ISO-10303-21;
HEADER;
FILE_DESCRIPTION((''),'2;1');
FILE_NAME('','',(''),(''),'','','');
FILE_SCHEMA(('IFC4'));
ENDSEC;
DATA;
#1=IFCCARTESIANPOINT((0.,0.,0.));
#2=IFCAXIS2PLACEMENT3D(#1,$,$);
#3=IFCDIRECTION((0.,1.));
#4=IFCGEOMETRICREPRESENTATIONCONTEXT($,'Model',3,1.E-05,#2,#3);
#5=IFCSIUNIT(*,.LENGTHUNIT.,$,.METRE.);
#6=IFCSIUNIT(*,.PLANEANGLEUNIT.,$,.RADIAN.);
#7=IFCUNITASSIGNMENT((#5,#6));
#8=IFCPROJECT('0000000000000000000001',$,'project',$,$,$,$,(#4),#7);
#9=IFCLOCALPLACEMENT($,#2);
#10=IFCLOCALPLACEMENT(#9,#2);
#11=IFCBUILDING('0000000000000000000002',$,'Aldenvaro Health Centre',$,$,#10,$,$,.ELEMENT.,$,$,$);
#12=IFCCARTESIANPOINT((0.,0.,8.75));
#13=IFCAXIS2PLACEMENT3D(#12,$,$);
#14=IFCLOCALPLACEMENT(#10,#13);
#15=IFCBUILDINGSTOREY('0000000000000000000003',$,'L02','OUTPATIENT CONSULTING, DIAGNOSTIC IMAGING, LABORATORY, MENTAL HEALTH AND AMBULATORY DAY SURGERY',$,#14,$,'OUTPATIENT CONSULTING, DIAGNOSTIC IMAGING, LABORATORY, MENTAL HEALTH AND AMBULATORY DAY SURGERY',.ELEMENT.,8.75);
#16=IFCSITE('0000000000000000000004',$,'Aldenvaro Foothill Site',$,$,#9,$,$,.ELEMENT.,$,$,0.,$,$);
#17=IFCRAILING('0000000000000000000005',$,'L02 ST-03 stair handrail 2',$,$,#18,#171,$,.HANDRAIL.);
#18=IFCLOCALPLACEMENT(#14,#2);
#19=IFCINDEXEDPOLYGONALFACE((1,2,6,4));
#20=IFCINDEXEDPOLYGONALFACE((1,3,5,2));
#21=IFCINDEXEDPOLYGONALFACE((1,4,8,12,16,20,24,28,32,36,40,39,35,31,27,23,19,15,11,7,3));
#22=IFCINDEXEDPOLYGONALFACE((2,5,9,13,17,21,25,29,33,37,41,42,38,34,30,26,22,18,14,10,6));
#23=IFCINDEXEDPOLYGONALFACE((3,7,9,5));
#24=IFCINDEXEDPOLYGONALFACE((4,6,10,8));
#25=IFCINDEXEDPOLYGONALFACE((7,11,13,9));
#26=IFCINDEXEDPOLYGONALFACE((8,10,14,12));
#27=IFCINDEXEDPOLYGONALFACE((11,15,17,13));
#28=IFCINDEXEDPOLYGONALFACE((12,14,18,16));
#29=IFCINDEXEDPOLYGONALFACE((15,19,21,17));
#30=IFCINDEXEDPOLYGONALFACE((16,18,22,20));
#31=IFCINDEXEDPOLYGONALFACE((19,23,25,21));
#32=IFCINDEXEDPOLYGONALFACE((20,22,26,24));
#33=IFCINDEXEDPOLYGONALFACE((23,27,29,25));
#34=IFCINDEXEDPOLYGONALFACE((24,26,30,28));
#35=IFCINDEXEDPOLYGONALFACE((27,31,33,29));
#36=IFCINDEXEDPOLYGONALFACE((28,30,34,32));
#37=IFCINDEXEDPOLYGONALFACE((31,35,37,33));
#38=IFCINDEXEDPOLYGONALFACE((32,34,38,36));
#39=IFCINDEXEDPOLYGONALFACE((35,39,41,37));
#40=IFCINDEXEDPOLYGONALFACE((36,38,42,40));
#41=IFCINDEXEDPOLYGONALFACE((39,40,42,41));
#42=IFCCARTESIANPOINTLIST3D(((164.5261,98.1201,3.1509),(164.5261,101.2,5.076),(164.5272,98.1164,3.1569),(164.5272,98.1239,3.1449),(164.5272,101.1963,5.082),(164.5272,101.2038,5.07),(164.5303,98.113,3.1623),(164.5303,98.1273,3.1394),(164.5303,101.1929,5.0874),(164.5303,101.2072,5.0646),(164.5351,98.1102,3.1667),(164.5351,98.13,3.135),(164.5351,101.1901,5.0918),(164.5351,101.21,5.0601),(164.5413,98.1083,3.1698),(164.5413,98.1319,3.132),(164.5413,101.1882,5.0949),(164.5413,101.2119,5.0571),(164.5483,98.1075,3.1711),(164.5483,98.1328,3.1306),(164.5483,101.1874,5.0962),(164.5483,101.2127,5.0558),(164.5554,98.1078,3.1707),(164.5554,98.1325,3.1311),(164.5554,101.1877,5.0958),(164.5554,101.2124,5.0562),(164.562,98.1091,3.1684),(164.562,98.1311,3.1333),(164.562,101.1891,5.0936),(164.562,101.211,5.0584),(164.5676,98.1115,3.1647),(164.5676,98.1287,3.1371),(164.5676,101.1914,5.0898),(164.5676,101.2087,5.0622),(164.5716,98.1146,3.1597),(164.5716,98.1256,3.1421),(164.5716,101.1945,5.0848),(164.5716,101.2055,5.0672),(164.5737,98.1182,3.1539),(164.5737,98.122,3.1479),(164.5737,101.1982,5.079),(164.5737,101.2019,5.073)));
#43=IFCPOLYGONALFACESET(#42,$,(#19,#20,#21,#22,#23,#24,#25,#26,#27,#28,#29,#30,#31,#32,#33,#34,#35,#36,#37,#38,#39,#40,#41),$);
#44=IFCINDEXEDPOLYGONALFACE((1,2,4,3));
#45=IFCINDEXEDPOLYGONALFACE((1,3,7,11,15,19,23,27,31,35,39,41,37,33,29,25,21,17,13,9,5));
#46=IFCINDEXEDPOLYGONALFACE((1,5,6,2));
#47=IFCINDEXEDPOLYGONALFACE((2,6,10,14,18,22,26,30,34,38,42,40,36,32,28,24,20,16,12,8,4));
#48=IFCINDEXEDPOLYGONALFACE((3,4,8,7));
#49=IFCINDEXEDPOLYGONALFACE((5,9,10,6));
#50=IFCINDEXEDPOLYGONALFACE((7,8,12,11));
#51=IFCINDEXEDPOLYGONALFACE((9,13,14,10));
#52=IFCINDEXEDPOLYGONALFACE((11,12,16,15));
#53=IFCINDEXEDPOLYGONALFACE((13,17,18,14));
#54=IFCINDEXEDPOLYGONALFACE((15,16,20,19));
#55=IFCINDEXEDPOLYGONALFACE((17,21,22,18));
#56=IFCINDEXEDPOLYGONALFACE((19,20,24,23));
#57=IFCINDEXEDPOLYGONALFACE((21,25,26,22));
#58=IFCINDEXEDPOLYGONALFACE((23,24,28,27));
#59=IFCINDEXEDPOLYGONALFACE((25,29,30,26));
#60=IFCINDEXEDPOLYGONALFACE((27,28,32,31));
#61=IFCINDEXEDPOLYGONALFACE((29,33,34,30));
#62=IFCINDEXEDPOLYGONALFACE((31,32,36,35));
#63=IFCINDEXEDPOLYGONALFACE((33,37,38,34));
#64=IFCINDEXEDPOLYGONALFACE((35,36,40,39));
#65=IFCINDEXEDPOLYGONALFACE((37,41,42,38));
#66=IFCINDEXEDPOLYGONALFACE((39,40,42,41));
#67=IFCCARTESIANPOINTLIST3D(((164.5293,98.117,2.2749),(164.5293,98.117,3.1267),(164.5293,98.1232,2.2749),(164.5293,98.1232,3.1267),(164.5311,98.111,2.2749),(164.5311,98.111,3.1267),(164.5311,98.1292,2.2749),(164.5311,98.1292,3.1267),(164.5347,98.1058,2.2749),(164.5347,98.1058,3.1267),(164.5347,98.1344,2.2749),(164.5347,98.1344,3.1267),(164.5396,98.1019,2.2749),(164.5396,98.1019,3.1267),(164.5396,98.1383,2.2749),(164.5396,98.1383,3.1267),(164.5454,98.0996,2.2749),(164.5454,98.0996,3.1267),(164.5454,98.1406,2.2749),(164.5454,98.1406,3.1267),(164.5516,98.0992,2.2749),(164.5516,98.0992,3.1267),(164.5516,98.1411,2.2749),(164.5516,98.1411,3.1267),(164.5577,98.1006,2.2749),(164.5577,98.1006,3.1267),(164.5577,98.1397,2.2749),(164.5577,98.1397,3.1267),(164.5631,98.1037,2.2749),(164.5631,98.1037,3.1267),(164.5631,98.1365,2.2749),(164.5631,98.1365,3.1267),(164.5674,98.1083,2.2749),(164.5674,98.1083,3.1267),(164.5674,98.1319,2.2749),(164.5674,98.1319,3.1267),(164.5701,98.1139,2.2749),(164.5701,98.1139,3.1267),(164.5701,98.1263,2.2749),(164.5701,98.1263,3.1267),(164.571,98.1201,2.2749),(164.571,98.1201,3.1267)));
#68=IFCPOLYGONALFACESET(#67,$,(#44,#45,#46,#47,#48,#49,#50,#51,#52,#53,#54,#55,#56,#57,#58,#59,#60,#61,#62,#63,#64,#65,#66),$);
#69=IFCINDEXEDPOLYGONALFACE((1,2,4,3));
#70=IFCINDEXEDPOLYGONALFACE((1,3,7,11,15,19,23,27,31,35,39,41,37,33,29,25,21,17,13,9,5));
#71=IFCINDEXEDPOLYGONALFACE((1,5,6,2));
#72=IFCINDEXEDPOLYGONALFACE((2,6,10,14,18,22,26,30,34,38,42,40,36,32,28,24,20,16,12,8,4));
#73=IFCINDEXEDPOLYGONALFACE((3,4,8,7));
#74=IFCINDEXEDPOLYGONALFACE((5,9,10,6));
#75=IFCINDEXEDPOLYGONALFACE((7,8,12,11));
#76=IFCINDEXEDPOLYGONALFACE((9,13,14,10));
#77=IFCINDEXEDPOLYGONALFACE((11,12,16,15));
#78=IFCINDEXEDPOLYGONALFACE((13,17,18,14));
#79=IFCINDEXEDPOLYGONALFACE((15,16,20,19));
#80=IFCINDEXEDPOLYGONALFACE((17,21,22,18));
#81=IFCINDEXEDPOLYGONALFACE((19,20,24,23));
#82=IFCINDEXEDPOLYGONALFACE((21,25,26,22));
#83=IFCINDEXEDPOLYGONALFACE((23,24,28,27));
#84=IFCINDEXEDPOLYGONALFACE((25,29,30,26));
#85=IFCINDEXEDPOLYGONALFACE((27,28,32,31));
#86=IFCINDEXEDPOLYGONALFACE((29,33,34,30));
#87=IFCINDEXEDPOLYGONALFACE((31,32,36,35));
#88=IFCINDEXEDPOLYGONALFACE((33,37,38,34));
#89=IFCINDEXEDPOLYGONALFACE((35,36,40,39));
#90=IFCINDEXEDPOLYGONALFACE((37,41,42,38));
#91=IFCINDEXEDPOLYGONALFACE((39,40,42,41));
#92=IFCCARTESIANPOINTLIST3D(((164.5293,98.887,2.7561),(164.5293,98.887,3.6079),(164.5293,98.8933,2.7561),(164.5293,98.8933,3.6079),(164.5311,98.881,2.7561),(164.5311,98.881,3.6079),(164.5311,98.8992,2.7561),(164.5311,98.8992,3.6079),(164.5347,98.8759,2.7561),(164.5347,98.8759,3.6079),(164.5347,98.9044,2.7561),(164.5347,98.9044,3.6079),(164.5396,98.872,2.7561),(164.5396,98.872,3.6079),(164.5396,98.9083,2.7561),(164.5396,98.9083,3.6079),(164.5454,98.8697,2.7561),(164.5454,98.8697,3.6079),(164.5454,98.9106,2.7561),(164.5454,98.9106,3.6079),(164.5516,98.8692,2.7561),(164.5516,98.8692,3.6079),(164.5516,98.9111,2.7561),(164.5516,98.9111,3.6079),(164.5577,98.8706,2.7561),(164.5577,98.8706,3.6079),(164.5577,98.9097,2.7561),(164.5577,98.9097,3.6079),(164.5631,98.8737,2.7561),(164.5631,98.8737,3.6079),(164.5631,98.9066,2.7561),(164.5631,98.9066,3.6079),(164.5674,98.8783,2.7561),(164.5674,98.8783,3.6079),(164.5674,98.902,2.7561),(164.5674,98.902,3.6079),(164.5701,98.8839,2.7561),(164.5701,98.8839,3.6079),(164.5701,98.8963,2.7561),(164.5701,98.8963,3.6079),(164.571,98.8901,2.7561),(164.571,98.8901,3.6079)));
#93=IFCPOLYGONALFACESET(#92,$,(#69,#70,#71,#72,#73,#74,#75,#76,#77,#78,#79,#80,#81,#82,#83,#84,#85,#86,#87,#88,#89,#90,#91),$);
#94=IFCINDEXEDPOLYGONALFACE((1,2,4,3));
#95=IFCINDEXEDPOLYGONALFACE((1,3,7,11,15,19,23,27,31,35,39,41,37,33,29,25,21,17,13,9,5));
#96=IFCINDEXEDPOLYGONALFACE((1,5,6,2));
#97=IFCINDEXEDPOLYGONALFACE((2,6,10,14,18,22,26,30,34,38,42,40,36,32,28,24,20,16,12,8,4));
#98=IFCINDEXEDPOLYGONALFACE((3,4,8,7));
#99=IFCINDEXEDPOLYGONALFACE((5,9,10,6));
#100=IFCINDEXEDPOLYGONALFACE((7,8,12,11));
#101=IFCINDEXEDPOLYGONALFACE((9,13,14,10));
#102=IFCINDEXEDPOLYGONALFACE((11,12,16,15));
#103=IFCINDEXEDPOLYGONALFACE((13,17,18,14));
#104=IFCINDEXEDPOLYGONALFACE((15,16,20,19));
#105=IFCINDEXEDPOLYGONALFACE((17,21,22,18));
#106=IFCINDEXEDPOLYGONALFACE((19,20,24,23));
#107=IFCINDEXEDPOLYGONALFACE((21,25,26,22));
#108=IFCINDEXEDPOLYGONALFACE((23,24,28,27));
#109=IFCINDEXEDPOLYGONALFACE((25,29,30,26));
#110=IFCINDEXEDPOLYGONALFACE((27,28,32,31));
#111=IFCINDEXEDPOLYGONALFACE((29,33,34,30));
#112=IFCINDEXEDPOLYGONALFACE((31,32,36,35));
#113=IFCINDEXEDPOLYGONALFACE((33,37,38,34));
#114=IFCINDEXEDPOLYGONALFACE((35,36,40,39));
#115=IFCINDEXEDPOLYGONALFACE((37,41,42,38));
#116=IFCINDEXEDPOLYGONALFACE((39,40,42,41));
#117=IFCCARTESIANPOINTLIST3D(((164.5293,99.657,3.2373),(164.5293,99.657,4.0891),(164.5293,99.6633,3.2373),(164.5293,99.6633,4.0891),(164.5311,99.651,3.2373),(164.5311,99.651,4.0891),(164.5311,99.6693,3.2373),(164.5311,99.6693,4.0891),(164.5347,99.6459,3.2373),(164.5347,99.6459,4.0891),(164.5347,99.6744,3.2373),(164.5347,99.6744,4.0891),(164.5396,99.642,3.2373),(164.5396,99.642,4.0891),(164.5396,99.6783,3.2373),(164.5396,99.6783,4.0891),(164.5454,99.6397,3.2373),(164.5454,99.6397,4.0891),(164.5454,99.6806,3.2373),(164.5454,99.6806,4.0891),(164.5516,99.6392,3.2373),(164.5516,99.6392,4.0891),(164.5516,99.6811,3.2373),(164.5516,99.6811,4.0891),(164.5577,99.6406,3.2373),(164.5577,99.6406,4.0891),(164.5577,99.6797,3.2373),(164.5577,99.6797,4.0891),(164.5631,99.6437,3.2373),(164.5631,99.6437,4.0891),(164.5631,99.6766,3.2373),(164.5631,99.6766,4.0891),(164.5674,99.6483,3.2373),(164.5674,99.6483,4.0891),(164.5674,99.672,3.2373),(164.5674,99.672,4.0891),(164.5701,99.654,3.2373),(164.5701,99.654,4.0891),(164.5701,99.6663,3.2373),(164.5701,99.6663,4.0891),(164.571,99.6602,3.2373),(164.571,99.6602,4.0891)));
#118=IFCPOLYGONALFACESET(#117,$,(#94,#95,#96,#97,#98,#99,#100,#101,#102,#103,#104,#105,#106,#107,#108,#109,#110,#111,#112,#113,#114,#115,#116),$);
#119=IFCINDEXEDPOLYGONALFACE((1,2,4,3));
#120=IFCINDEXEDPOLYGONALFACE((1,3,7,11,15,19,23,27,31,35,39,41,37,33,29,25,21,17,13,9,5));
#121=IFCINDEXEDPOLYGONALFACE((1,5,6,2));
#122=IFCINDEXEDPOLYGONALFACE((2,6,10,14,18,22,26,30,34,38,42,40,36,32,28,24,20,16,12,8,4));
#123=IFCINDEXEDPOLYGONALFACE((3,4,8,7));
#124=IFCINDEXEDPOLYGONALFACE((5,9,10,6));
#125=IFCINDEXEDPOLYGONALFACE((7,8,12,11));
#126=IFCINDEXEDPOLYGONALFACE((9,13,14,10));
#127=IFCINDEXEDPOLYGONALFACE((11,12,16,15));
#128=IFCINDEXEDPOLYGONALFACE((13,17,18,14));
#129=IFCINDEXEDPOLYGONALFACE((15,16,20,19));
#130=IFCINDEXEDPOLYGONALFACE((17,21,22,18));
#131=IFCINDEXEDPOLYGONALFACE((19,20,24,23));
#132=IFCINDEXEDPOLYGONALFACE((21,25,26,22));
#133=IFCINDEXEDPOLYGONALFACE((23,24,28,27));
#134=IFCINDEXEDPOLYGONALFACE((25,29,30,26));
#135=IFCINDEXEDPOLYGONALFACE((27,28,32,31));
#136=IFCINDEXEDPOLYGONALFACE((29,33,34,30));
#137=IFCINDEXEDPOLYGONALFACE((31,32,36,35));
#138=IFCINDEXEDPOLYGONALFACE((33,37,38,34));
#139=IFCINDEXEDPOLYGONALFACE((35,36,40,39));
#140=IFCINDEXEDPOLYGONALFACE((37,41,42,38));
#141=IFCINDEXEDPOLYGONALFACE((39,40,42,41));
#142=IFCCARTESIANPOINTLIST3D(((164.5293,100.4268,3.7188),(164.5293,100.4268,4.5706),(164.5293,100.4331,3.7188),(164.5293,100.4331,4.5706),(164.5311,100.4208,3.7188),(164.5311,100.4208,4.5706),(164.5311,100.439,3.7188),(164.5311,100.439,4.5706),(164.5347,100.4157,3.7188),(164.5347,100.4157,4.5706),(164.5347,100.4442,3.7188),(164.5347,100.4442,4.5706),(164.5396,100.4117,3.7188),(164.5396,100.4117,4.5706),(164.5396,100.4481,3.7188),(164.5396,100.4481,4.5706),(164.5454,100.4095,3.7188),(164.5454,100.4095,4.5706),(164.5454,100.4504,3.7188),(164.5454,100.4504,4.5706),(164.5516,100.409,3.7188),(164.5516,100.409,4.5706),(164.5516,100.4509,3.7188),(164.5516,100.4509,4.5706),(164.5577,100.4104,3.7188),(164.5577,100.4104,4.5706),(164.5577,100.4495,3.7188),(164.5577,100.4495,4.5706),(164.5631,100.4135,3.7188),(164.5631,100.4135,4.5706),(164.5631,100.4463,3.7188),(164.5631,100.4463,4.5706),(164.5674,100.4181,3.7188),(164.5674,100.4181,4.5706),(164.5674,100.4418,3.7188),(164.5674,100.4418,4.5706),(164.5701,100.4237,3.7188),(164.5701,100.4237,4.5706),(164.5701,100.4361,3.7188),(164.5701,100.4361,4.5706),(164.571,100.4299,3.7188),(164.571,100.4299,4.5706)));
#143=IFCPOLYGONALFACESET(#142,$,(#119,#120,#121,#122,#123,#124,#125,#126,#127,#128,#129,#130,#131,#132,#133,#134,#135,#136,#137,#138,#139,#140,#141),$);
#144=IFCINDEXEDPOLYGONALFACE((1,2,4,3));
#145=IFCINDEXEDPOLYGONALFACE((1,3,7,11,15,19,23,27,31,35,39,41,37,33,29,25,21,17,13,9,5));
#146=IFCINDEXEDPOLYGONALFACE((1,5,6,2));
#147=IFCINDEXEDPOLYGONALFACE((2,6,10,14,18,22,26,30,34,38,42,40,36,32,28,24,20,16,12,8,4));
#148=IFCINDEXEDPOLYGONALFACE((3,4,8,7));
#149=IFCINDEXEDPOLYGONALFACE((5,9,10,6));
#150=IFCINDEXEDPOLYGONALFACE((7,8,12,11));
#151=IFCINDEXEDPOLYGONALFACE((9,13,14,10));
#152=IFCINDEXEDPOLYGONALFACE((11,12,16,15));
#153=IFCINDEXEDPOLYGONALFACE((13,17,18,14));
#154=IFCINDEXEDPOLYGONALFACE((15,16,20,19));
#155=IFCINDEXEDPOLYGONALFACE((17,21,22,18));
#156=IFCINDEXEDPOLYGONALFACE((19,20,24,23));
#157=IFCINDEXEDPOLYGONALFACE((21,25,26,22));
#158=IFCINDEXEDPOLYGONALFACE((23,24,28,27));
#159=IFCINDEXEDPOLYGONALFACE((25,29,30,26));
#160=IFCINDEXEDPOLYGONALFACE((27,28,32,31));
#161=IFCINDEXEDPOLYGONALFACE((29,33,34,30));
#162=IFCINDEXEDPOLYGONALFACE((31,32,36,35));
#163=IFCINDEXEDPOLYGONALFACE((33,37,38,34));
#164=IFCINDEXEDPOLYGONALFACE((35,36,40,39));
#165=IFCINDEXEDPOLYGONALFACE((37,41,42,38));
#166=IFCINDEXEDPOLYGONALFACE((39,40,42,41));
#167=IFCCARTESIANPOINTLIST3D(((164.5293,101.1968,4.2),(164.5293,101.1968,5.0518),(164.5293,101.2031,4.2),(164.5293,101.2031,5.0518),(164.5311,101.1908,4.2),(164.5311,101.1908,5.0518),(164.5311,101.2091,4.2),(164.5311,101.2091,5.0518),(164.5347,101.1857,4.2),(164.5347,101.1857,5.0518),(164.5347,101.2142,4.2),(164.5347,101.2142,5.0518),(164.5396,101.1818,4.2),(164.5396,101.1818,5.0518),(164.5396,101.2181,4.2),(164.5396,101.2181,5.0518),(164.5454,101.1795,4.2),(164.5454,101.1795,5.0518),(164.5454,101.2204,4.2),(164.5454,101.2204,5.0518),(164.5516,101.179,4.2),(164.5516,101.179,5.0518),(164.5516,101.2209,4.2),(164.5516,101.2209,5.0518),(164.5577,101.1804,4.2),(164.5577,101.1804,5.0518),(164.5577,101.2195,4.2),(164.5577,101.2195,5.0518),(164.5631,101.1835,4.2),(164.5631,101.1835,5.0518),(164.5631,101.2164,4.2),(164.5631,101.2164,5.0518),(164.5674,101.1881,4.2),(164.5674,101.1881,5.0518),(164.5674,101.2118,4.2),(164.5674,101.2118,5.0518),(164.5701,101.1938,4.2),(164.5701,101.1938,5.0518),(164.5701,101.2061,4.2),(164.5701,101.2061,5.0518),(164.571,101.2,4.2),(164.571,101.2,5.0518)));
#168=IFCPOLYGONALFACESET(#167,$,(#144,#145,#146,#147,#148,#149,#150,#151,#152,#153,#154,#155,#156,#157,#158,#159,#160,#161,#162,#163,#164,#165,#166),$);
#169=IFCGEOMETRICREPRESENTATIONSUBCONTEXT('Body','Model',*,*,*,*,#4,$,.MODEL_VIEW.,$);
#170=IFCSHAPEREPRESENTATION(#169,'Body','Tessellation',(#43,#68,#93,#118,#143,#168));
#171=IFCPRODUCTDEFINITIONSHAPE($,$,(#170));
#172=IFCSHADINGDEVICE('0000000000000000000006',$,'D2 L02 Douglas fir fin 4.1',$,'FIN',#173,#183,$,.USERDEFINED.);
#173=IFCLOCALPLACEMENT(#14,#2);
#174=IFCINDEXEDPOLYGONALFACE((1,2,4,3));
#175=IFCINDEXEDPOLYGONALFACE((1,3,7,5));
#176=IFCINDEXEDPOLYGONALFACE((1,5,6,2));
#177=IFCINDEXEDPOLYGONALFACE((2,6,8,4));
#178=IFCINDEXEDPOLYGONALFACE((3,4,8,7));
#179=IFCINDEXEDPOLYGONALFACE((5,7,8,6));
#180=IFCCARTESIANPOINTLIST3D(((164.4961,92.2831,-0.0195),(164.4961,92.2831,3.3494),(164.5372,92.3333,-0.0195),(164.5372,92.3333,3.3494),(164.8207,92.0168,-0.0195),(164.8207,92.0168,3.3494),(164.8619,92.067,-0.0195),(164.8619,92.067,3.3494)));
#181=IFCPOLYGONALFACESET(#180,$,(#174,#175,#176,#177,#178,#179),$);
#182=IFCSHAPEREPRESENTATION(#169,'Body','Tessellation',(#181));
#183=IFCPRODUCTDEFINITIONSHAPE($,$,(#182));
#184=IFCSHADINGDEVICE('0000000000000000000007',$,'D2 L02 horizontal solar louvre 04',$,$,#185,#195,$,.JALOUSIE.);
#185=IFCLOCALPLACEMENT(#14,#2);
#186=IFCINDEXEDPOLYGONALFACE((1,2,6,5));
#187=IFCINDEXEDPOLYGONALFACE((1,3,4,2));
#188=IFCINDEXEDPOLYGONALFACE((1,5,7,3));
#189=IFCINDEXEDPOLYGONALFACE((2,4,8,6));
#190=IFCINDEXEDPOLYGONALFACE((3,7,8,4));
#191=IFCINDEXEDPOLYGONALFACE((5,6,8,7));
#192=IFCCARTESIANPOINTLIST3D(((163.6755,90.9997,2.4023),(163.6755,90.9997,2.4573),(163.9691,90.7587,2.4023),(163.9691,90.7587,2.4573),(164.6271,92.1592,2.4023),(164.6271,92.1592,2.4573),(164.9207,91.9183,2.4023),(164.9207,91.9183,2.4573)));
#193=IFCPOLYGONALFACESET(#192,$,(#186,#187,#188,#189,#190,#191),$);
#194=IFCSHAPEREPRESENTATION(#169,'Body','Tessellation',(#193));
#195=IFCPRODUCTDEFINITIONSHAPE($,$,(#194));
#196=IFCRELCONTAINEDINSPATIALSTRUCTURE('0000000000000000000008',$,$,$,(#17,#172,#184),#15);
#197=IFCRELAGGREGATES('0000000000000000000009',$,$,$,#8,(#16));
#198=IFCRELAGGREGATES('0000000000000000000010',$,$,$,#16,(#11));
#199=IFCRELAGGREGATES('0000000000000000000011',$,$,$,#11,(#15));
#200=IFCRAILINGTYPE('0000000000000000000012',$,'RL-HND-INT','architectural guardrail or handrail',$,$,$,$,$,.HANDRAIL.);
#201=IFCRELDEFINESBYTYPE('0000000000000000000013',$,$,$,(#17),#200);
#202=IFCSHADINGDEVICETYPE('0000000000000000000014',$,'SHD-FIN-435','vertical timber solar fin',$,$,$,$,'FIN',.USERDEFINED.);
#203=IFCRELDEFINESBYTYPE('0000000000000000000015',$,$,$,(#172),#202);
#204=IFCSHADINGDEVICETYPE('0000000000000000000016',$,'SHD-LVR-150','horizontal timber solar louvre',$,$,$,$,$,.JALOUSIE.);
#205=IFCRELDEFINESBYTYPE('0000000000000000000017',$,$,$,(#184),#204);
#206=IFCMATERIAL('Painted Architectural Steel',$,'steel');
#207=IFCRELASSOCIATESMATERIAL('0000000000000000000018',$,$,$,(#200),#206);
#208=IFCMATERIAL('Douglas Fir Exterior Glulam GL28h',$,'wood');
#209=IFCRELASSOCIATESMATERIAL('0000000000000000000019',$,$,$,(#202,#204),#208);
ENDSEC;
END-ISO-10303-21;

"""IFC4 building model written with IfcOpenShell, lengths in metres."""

from ifc_helpers import new_model, si_unit, direction, frame, origin, origin_2d, place, context, subcontext, project, spatial, rectangle, circle, extrude, material, type_object, element, save


model = new_model("IFC4")

# Units and contexts
model_context = context("Model", 3, precision=1e-05, world=origin(), true_north=direction((0.0, 1.0)))
body_context = subcontext(model_context, "Body", "Model", "MODEL_VIEW")
ifc_project = project(units=[si_unit("LENGTHUNIT", "METRE"), si_unit("PLANEANGLEUNIT", "RADIAN")], contexts=[model_context])

# Site, building, storey
site_placement = place(None, origin())
site = spatial("IfcSite", under=ifc_project, at=site_placement, Name="Aldenvaro Foothill Site", CompositionType="ELEMENT", RefElevation=0.0)
building_placement = place(site_placement, origin())
building = spatial("IfcBuilding", under=site, at=building_placement, Name="Aldenvaro Health Centre", CompositionType="ELEMENT")
storey_placement = place(building_placement, frame((0.0, 0.0, 8.75)))
storey = spatial("IfcBuildingStorey", under=building, at=storey_placement, Name="L02", Description="OUTPATIENT CONSULTING, DIAGNOSTIC IMAGING, LABORATORY, MENTAL HEALTH AND AMBULATORY DAY SURGERY", LongName="OUTPATIENT CONSULTING, DIAGNOSTIC IMAGING, LABORATORY, MENTAL HEALTH AND AMBULATORY DAY SURGERY", CompositionType="ELEMENT", Elevation=8.75)

# Railing
ifc_material_1 = material(Name="Painted Architectural Steel", Category="steel")
railing_type_1 = type_object("IfcRailingType", Name="RL-HND-INT", Description="architectural guardrail or handrail", PredefinedType="HANDRAIL", material=ifc_material_1)
railing_1_placement = place(storey_placement, frame((164.55, 98.1201, 2.2749)))
element("IfcRailing", 1, at=railing_1_placement, inside=storey, type_object=railing_type_1, Name="L02 ST-03 stair handrail 2", PredefinedType="HANDRAIL", context=body_context, shape_type="SweptSolid", body=[
    extrude(circle(Radius=0.0239, at=origin_2d()), frame((0.0, 0.0, 0.876), z_axis=(0.0, 0.847979, 0.530029), x_axis=(-1.0, 0.0, 0.0)), (0.0, 0.0, 1.0), 3.6321),
    extrude(circle(Radius=0.021, at=origin_2d()), origin(), (0.0, 0.0, 1.0), 0.8518),
    extrude(circle(Radius=0.021, at=origin_2d()), frame((0.0, 0.77, 0.4812)), (0.0, 0.0, 1.0), 0.8518),
    extrude(circle(Radius=0.021, at=origin_2d()), frame((0.0, 1.54, 0.9624)), (0.0, 0.0, 1.0), 0.8518),
    extrude(circle(Radius=0.021, at=origin_2d()), frame((0.0, 2.3098, 1.4438)), (0.0, 0.0, 1.0), 0.8518),
    extrude(circle(Radius=0.021, at=origin_2d()), frame((0.0, 3.0798, 1.925)), (0.0, 0.0, 1.0), 0.8518),
])

# Shading devices
ifc_material_2 = material(Name="Douglas Fir Exterior Glulam GL28h", Category="wood")
shading_device_type_1 = type_object("IfcShadingDeviceType", Name="SHD-FIN-435", Description="vertical timber solar fin", ElementType="FIN", PredefinedType="USERDEFINED", material=ifc_material_2)
shading_device_1_placement = place(storey_placement, frame((164.679, 92.175, -0.0195), z_axis=(0.0, 0.0, 1.0), x_axis=(-0.63438, -0.773022, 0.0)))
element("IfcShadingDevice", 2, at=shading_device_1_placement, inside=storey, type_object=shading_device_type_1, Name="D2 L02 Douglas fir fin 4.1", ObjectType="FIN", PredefinedType="USERDEFINED", context=body_context, shape_type="SweptSolid", body=[
    extrude(rectangle(XDim=0.0649, YDim=0.4199, at=origin_2d()), origin(), (0.0, 0.0, 1.0), 3.3689),
])
shading_device_type_2 = type_object("IfcShadingDeviceType", Name="SHD-LVR-150", Description="horizontal timber solar louvre", PredefinedType="JALOUSIE", material=ifc_material_2)
shading_device_2_placement = place(storey_placement, frame((164.2981, 91.459, 2.4023), z_axis=(0.0, 0.0, 1.0), x_axis=(-0.63438, -0.773022, 0.0)))
element("IfcShadingDevice", 3, at=shading_device_2_placement, inside=storey, type_object=shading_device_type_2, Name="D2 L02 horizontal solar louvre 04", PredefinedType="JALOUSIE", context=body_context, shape_type="SweptSolid", body=[
    extrude(rectangle(XDim=1.5, YDim=0.3799, at=origin_2d()), origin(), (0.0, 0.0, 1.0), 0.0549),
])

save(model, "model.ifc")
